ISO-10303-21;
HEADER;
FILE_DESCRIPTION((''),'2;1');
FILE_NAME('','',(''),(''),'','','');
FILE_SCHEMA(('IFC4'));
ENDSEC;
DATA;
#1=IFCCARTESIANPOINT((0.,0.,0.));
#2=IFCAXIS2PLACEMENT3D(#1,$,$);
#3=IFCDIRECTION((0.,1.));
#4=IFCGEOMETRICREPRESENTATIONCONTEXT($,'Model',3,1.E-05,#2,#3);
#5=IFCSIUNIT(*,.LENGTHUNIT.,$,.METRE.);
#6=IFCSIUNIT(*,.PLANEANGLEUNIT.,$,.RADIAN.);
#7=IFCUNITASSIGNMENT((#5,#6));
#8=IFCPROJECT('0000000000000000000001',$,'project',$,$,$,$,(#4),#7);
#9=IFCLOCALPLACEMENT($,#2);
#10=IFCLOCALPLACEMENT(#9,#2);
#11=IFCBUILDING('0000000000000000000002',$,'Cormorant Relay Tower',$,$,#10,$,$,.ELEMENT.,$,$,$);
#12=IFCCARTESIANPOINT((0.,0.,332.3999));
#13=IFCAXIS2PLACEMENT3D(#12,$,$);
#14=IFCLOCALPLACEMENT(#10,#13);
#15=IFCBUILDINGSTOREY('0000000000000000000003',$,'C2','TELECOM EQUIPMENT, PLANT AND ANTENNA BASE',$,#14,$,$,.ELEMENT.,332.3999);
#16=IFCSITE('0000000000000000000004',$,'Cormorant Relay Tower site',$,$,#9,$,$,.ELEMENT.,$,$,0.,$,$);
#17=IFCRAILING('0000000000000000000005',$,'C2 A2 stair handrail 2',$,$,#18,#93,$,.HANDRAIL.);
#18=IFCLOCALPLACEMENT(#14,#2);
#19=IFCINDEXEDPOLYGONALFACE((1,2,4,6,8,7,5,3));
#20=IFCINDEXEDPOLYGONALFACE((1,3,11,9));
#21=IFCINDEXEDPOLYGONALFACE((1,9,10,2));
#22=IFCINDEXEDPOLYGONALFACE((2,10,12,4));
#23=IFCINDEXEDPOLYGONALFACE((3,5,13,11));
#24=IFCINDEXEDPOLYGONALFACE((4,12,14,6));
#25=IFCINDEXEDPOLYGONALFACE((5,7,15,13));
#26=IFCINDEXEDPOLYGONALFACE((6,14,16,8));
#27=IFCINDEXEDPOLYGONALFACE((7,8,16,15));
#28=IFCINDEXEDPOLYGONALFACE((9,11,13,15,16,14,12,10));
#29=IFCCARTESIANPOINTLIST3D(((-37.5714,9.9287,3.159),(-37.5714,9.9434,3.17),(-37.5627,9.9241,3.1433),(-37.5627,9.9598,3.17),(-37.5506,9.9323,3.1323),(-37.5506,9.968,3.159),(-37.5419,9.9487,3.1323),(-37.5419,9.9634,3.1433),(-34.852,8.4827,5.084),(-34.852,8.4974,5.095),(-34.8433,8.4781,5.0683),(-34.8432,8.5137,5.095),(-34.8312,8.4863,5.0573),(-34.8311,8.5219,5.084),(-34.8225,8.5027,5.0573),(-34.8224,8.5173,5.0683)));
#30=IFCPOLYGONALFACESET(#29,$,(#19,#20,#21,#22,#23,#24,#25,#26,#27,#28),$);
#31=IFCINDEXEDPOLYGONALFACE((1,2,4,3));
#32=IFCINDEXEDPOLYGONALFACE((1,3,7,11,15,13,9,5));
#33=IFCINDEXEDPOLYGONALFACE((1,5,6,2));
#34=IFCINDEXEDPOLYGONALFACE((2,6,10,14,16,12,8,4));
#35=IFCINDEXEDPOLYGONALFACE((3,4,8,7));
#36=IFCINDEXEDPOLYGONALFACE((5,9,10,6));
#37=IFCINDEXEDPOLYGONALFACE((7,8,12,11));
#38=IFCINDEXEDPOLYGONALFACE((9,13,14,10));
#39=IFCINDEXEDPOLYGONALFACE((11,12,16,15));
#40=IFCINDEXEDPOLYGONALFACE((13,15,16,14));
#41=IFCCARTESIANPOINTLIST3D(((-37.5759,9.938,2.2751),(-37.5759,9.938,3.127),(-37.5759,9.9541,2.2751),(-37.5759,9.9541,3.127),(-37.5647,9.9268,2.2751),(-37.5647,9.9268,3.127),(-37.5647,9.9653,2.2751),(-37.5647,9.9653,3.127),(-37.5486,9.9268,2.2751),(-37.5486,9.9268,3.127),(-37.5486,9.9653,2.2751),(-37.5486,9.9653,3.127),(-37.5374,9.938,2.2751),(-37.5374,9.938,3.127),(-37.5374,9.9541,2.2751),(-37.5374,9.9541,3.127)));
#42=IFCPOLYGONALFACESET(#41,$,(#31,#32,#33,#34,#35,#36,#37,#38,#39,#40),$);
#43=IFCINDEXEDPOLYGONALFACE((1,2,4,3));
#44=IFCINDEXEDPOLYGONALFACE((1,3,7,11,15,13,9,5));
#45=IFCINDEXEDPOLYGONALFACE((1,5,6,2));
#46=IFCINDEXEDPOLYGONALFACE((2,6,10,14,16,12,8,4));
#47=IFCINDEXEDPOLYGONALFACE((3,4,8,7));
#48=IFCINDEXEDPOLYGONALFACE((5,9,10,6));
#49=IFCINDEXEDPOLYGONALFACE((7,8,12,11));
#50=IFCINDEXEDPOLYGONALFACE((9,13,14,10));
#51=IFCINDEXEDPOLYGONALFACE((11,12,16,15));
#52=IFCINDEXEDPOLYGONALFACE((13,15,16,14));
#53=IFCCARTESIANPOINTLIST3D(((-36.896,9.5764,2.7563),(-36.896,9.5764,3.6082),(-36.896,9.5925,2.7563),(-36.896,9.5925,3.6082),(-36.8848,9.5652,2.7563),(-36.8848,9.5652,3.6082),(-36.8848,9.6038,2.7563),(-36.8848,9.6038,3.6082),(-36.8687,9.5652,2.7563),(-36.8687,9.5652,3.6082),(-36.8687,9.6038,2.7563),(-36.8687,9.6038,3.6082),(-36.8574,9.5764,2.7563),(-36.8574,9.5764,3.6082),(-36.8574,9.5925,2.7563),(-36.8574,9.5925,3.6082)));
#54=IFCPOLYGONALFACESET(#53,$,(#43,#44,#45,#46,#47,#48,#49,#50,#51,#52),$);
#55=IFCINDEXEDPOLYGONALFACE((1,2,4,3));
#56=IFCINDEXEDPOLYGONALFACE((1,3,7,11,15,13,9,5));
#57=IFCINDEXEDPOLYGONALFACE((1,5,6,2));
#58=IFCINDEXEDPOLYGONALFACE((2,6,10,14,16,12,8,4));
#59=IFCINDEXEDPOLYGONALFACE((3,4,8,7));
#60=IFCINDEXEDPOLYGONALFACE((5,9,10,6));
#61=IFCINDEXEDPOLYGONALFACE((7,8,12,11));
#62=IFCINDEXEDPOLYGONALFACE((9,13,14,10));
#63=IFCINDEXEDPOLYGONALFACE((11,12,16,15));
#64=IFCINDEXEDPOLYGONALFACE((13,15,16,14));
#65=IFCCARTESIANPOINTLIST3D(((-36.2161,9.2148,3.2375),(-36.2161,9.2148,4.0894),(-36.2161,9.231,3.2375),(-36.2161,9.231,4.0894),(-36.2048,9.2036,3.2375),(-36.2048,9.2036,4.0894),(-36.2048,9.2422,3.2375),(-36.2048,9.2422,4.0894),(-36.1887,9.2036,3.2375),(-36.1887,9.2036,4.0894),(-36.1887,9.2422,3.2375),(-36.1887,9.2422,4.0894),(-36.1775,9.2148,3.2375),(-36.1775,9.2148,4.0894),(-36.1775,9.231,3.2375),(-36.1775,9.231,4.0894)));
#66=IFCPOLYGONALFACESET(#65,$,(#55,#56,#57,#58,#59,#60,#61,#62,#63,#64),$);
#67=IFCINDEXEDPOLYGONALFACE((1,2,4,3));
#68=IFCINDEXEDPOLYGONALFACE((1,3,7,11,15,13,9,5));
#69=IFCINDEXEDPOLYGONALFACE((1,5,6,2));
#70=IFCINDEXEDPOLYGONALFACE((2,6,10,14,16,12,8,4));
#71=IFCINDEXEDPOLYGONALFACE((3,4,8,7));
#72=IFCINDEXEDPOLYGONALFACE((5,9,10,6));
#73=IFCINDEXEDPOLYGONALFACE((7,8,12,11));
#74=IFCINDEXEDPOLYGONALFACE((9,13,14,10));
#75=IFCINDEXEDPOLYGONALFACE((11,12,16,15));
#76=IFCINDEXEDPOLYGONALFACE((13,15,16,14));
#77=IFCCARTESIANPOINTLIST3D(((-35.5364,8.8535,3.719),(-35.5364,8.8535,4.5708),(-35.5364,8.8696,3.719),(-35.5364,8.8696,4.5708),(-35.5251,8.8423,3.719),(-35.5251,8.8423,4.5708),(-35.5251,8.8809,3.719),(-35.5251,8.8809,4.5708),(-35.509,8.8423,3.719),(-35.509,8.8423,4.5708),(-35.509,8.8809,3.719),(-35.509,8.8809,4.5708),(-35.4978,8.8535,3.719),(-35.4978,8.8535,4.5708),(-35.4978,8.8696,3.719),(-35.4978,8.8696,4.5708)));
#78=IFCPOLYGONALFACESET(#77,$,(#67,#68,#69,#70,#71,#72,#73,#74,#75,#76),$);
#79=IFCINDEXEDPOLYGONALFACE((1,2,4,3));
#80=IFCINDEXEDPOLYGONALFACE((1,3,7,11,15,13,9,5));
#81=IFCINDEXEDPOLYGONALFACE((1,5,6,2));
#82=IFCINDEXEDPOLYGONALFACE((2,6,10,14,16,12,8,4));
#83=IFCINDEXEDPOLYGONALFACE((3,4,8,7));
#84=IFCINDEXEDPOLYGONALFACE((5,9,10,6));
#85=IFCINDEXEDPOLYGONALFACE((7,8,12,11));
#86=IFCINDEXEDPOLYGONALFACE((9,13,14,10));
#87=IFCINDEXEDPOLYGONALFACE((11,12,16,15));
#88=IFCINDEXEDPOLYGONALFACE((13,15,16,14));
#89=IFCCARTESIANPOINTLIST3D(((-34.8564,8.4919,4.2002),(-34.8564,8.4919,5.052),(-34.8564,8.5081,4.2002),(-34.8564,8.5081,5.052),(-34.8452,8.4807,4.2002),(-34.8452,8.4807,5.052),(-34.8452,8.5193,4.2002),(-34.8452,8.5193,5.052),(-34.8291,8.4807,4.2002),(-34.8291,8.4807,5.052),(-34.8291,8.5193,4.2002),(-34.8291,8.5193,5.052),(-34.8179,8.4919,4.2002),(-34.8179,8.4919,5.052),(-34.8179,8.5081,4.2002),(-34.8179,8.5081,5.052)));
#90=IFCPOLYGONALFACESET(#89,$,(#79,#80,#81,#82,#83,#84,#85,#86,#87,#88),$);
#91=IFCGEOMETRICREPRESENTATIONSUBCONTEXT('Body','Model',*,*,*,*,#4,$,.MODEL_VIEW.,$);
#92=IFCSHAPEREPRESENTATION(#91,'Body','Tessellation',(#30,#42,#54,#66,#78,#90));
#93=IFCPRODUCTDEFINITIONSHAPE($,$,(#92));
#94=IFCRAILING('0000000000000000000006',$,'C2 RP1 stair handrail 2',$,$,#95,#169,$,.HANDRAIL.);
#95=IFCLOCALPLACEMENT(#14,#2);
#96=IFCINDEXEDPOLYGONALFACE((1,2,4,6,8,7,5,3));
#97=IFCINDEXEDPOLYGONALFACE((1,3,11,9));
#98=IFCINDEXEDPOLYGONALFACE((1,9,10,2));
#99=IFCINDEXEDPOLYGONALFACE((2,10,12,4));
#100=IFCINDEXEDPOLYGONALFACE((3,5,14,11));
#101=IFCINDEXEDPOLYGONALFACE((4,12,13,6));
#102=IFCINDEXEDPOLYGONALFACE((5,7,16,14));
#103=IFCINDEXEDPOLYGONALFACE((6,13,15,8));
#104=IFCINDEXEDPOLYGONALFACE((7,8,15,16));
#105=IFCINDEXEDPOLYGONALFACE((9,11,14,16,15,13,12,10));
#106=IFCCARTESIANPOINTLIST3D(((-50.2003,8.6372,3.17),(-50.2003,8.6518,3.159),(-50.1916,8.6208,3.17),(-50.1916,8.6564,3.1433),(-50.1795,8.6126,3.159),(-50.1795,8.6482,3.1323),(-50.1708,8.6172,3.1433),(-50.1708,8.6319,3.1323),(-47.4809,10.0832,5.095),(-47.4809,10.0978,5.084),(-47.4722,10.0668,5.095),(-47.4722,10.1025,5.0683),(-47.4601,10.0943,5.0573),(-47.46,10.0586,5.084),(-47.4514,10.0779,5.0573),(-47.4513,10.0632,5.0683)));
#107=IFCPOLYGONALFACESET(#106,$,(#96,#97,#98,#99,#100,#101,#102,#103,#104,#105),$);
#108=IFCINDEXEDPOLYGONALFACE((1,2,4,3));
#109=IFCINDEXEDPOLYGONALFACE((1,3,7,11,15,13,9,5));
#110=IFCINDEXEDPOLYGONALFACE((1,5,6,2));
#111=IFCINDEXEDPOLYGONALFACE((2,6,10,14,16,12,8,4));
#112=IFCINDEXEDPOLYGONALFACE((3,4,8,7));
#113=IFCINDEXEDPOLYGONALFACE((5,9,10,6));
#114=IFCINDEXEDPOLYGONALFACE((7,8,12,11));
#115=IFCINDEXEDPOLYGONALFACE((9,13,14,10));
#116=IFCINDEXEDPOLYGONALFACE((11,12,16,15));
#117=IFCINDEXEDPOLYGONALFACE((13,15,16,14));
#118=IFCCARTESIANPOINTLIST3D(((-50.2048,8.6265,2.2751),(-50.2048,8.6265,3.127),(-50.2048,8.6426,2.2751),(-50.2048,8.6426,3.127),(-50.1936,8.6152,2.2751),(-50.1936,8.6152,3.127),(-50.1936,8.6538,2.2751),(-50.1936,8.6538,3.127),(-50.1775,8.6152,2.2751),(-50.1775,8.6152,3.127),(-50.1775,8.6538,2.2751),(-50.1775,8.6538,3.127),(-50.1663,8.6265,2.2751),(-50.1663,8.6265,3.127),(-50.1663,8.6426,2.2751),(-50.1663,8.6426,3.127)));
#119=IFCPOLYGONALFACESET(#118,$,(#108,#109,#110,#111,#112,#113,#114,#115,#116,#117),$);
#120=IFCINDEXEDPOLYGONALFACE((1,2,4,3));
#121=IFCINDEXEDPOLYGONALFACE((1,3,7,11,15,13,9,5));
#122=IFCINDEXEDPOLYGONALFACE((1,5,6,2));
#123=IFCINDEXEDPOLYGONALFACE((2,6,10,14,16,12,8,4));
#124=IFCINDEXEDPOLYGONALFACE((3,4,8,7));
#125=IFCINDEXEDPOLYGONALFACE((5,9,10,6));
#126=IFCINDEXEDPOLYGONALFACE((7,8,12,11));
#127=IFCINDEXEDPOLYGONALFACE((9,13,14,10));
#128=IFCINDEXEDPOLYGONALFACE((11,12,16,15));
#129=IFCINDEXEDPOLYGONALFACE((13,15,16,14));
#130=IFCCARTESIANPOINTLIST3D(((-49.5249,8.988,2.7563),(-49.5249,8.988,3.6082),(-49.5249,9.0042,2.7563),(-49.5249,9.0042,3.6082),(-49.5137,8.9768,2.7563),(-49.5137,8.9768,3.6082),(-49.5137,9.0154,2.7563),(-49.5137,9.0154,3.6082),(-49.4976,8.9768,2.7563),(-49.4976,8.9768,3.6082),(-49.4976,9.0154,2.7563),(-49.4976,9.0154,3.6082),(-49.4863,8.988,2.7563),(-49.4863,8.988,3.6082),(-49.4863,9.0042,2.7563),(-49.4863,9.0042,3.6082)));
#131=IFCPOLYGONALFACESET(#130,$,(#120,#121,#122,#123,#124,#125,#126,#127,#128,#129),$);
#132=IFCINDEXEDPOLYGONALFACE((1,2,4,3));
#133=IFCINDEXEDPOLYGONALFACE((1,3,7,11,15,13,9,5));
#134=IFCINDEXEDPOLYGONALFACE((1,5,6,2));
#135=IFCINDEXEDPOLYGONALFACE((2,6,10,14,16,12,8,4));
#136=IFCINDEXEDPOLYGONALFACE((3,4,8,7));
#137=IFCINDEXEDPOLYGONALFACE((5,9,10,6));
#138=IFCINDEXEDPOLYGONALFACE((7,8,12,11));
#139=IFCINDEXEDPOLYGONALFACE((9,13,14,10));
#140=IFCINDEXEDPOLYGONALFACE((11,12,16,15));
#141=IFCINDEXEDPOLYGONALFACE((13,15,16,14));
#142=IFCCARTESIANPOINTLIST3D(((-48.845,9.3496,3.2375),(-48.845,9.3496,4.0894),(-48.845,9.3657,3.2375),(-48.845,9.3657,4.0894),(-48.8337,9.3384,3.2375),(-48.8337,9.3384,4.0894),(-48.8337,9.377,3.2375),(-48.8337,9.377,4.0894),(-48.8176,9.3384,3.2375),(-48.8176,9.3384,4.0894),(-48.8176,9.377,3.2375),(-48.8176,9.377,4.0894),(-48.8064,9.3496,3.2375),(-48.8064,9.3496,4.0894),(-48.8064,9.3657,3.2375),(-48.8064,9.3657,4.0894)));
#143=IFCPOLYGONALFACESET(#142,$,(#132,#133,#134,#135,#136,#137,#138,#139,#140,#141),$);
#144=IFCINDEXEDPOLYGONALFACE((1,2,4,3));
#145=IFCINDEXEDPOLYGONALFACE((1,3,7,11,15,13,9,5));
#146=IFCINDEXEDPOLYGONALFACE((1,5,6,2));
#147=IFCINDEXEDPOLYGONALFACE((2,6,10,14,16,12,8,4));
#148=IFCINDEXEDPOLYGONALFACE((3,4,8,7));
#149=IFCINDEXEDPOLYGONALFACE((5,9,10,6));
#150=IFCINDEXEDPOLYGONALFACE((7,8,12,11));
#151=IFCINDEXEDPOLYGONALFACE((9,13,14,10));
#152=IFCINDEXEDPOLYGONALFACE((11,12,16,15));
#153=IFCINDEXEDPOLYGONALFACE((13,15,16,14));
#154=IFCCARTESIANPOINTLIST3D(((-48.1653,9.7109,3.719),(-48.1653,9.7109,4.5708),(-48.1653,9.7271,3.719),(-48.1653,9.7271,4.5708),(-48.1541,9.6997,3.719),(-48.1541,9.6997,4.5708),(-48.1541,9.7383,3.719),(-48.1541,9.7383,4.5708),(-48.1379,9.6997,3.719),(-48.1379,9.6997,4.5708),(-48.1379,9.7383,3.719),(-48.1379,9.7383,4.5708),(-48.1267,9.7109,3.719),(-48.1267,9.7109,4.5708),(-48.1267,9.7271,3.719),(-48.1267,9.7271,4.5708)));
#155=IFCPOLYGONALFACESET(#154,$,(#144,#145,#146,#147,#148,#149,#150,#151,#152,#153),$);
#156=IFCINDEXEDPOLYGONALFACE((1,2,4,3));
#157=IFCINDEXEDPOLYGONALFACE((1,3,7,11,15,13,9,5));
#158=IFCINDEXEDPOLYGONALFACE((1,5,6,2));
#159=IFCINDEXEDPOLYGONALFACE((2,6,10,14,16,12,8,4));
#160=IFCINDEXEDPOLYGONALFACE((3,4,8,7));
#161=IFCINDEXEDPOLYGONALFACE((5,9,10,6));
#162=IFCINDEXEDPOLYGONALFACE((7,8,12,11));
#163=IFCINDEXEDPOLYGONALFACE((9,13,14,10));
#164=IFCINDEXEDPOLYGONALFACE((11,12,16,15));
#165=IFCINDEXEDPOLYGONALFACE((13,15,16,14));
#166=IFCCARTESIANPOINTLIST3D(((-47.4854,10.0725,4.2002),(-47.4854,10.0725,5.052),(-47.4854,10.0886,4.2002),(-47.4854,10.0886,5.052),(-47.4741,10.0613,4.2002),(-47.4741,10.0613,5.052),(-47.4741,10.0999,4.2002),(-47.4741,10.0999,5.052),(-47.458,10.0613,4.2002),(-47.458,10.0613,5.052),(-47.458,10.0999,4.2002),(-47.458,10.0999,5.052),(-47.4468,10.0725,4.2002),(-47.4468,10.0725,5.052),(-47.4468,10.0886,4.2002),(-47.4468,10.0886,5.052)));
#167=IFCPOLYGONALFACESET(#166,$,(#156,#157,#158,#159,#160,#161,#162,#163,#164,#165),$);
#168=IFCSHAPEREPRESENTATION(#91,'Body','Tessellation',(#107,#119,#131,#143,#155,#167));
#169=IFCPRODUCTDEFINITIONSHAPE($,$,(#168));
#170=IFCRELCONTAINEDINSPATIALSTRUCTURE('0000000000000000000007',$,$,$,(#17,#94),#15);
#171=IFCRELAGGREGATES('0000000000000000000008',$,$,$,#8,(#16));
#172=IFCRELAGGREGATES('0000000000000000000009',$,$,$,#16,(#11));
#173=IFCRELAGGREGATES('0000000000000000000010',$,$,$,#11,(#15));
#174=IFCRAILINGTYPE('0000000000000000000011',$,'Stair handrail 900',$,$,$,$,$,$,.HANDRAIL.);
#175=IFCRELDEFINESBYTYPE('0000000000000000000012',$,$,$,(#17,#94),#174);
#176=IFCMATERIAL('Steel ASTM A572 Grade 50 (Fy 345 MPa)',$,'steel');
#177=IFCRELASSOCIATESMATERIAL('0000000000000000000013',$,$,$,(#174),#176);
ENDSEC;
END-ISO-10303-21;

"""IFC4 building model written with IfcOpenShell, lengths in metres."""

from ifc_helpers import new_model, si_unit, direction, frame, origin, place, context, subcontext, project, spatial, polyline, outline, extrude, material, type_object, element, save


model = new_model("IFC4")

# Units and contexts
model_context = context("Model", 3, precision=1e-05, world=origin(), true_north=direction((0.0, 1.0)))
body_context = subcontext(model_context, "Body", "Model", "MODEL_VIEW")
ifc_project = project(units=[si_unit("LENGTHUNIT", "METRE"), si_unit("PLANEANGLEUNIT", "RADIAN")], contexts=[model_context])

# Site, building, storey
site_placement = place(None, origin())
site = spatial("IfcSite", under=ifc_project, at=site_placement, Name="Cormorant Relay Tower site", CompositionType="ELEMENT", RefElevation=0.0)
building_placement = place(site_placement, origin())
building = spatial("IfcBuilding", under=site, at=building_placement, Name="Cormorant Relay Tower", CompositionType="ELEMENT")
storey_placement = place(building_placement, frame((0.0, 0.0, 332.3999)))
storey = spatial("IfcBuildingStorey", under=building, at=storey_placement, Name="C2", Description="TELECOM EQUIPMENT, PLANT AND ANTENNA BASE", CompositionType="ELEMENT", Elevation=332.3999)

# Railings
ifc_material_1 = material(Name="Steel ASTM A572 Grade 50 (Fy 345 MPa)", Category="steel")
railing_type_1 = type_object("IfcRailingType", Name="Stair handrail 900", PredefinedType="HANDRAIL", material=ifc_material_1)
railing_1_placement = place(storey_placement, frame((-37.5566, 9.946, 2.2751)))
element("IfcRailing", 1, at=railing_1_placement, inside=storey, type_object=railing_type_1, Name="C2 A2 stair handrail 2", PredefinedType="HANDRAIL", context=body_context, shape_type="SweptSolid", body=[
    extrude(outline(polyline([(0.0222, 0.0093), (0.0093, 0.0222), (-0.0093, 0.0222), (-0.0222, 0.0093), (-0.0222, -0.0093), (-0.0093, -0.0222), (0.0093, -0.0222), (0.0222, -0.0093), (0.0222, 0.0093)])), frame((0.0, 0.0, 0.876), z_axis=(0.748727, -0.398125, 0.530004), x_axis=(0.469489, 0.882938, 0.0)), (0.0, 0.0, 1.0), 3.6321),
    extrude(outline(polyline([(0.0193, 0.0081), (0.0081, 0.0193), (-0.0081, 0.0193), (-0.0193, 0.0081), (-0.0193, -0.0081), (-0.0081, -0.0193), (0.0081, -0.0193), (0.0193, -0.0081), (0.0193, 0.0081)])), origin(), (0.0, 0.0, 1.0), 0.8518),
    extrude(outline(polyline([(0.0193, 0.0081), (0.0081, 0.0193), (-0.0081, 0.0193), (-0.0193, 0.0081), (-0.0193, -0.0081), (-0.0081, -0.0193), (0.0081, -0.0193), (0.0193, -0.0081), (0.0193, 0.0081)])), frame((0.6799, -0.3616, 0.4812)), (0.0, 0.0, 1.0), 0.8518),
    extrude(outline(polyline([(0.0193, 0.0081), (0.0081, 0.0193), (-0.0081, 0.0193), (-0.0193, 0.0081), (-0.0193, -0.0081), (-0.0081, -0.0193), (0.0081, -0.0193), (0.0193, -0.0081), (0.0193, 0.0081)])), frame((1.3599, -0.7231, 0.9624)), (0.0, 0.0, 1.0), 0.8518),
    extrude(outline(polyline([(0.0193, 0.0081), (0.0081, 0.0193), (-0.0081, 0.0193), (-0.0193, 0.0081), (-0.0193, -0.0081), (-0.0081, -0.0193), (0.0081, -0.0193), (0.0193, -0.0081), (0.0193, 0.0081)])), frame((2.0396, -1.0845, 1.4438)), (0.0, 0.0, 1.0), 0.8518),
    extrude(outline(polyline([(0.0193, 0.0081), (0.0081, 0.0193), (-0.0081, 0.0193), (-0.0193, 0.0081), (-0.0193, -0.0081), (-0.0081, -0.0193), (0.0081, -0.0193), (0.0193, -0.0081), (0.0193, 0.0081)])), frame((2.7195, -1.446, 1.925)), (0.0, 0.0, 1.0), 0.8518),
])
railing_2_placement = place(storey_placement, frame((-50.1855, 8.6345, 2.2751)))
element("IfcRailing", 2, at=railing_2_placement, inside=storey, type_object=railing_type_1, Name="C2 RP1 stair handrail 2", PredefinedType="HANDRAIL", context=body_context, shape_type="SweptSolid", body=[
    extrude(outline(polyline([(0.0222, 0.0093), (0.0093, 0.0222), (-0.0093, 0.0222), (-0.0222, 0.0093), (-0.0222, -0.0093), (-0.0093, -0.0222), (0.0093, -0.0222), (0.0222, -0.0093), (0.0222, 0.0093)])), frame((0.0, 0.0, 0.876), z_axis=(0.748727, 0.398125, 0.530004), x_axis=(-0.469489, 0.882938, 0.0)), (0.0, 0.0, 1.0), 3.6321),
    extrude(outline(polyline([(0.0193, 0.0081), (0.0081, 0.0193), (-0.0081, 0.0193), (-0.0193, 0.0081), (-0.0193, -0.0081), (-0.0081, -0.0193), (0.0081, -0.0193), (0.0193, -0.0081), (0.0193, 0.0081)])), origin(), (0.0, 0.0, 1.0), 0.8518),
    extrude(outline(polyline([(0.0193, 0.0081), (0.0081, 0.0193), (-0.0081, 0.0193), (-0.0193, 0.0081), (-0.0193, -0.0081), (-0.0081, -0.0193), (0.0081, -0.0193), (0.0193, -0.0081), (0.0193, 0.0081)])), frame((0.6799, 0.3616, 0.4812)), (0.0, 0.0, 1.0), 0.8518),
    extrude(outline(polyline([(0.0193, 0.0081), (0.0081, 0.0193), (-0.0081, 0.0193), (-0.0193, 0.0081), (-0.0193, -0.0081), (-0.0081, -0.0193), (0.0081, -0.0193), (0.0193, -0.0081), (0.0193, 0.0081)])), frame((1.3599, 0.7231, 0.9624)), (0.0, 0.0, 1.0), 0.8518),
    extrude(outline(polyline([(0.0193, 0.0081), (0.0081, 0.0193), (-0.0081, 0.0193), (-0.0193, 0.0081), (-0.0193, -0.0081), (-0.0081, -0.0193), (0.0081, -0.0193), (0.0193, -0.0081), (0.0193, 0.0081)])), frame((2.0396, 1.0845, 1.4438)), (0.0, 0.0, 1.0), 0.8518),
    extrude(outline(polyline([(0.0193, 0.0081), (0.0081, 0.0193), (-0.0081, 0.0193), (-0.0193, 0.0081), (-0.0193, -0.0081), (-0.0081, -0.0193), (0.0081, -0.0193), (0.0193, -0.0081), (0.0193, 0.0081)])), frame((2.7195, 1.446, 1.925)), (0.0, 0.0, 1.0), 0.8518),
])

save(model, "model.ifc")
